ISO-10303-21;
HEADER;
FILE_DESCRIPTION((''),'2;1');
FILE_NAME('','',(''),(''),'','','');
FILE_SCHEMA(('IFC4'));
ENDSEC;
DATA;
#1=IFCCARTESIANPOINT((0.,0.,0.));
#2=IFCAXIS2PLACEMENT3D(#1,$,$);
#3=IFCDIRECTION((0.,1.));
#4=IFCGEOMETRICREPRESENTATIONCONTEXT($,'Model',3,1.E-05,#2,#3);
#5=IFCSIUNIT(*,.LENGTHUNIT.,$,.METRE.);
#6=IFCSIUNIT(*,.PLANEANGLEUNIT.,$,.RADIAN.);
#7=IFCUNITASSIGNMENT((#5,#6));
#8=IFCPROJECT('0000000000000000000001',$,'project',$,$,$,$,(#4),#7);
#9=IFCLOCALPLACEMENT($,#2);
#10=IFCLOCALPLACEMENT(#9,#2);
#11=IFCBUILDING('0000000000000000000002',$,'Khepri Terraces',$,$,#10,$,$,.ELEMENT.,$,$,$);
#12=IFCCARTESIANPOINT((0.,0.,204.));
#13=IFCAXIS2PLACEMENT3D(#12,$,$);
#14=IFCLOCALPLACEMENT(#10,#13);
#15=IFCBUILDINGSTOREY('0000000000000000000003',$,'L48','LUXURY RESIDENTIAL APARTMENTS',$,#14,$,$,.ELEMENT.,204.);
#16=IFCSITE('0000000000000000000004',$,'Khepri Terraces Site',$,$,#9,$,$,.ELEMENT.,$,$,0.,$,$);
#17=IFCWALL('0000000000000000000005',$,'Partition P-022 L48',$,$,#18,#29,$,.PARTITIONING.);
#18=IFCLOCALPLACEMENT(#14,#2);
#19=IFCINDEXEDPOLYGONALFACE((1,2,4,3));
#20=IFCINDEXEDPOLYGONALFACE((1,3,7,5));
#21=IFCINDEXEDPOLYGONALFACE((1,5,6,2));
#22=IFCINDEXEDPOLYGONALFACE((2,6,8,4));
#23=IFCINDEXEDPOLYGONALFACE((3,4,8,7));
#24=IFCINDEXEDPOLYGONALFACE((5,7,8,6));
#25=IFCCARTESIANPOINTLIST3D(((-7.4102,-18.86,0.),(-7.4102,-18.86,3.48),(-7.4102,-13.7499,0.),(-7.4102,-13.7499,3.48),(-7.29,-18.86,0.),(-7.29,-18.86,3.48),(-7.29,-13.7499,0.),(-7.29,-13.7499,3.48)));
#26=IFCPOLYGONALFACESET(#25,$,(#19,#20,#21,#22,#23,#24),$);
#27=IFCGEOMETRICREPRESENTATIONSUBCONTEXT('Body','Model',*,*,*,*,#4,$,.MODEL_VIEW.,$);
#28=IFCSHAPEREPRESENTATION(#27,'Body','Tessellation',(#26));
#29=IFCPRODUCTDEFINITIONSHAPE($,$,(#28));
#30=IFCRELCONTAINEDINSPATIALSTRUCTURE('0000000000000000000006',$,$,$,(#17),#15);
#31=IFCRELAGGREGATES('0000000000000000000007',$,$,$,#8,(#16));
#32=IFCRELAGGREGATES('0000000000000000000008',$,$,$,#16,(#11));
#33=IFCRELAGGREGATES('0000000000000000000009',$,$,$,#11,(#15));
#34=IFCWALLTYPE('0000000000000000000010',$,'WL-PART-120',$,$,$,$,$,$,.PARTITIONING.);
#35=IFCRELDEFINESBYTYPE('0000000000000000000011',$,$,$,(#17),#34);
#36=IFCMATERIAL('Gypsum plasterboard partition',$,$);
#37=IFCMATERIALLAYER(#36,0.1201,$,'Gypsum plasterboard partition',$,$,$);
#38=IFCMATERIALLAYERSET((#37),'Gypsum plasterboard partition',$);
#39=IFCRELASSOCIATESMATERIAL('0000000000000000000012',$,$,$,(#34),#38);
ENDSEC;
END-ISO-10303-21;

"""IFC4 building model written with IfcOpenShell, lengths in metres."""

from ifc_helpers import new_model, si_unit, direction, frame, frame_2d, origin, place, context, subcontext, project, spatial, rectangle, extrude, material, layer, layer_set, type_object, element, save


model = new_model("IFC4")

# Units and contexts
model_context = context("Model", 3, precision=1e-05, world=origin(), true_north=direction((0.0, 1.0)))
body_context = subcontext(model_context, "Body", "Model", "MODEL_VIEW")
ifc_project = project(units=[si_unit("LENGTHUNIT", "METRE"), si_unit("PLANEANGLEUNIT", "RADIAN")], contexts=[model_context])

# Site, building, storey
site_placement = place(None, origin())
site = spatial("IfcSite", under=ifc_project, at=site_placement, Name="Khepri Terraces Site", CompositionType="ELEMENT", RefElevation=0.0)
building_placement = place(site_placement, origin())
building = spatial("IfcBuilding", under=site, at=building_placement, Name="Khepri Terraces", CompositionType="ELEMENT")
storey_placement = place(building_placement, frame((0.0, 0.0, 204.0)))
storey = spatial("IfcBuildingStorey", under=building, at=storey_placement, Name="L48", Description="LUXURY RESIDENTIAL APARTMENTS", CompositionType="ELEMENT", Elevation=204.0)

# Shared definitions
ifc_material_1 = material(Name="Gypsum plasterboard partition")
ifc_layer_1 = layer(ifc_material_1, 0.1201, Name="Gypsum plasterboard partition")
ifc_layer_set_1 = layer_set([ifc_layer_1], Name="Gypsum plasterboard partition")
wall_type_1 = type_object("IfcWallType", Name="WL-PART-120", PredefinedType="PARTITIONING", material=ifc_layer_set_1)

# Wall
wall_1_placement = place(storey_placement, frame((-7.3501, -18.8601, 0.0), z_axis=(0.0, 0.0, 1.0), x_axis=(0.0, 1.0, 0.0)))
element("IfcWall", 1, at=wall_1_placement, inside=storey, type_object=wall_type_1, Name="Partition P-022 L48", PredefinedType="PARTITIONING", context=body_context, shape_type="SweptSolid", body=[
    extrude(rectangle(XDim=5.1101, YDim=0.1201, at=frame_2d((2.5552, 0.0))), origin(), (0.0, 0.0, 1.0), 3.48),
])

save(model, "model.ifc")
